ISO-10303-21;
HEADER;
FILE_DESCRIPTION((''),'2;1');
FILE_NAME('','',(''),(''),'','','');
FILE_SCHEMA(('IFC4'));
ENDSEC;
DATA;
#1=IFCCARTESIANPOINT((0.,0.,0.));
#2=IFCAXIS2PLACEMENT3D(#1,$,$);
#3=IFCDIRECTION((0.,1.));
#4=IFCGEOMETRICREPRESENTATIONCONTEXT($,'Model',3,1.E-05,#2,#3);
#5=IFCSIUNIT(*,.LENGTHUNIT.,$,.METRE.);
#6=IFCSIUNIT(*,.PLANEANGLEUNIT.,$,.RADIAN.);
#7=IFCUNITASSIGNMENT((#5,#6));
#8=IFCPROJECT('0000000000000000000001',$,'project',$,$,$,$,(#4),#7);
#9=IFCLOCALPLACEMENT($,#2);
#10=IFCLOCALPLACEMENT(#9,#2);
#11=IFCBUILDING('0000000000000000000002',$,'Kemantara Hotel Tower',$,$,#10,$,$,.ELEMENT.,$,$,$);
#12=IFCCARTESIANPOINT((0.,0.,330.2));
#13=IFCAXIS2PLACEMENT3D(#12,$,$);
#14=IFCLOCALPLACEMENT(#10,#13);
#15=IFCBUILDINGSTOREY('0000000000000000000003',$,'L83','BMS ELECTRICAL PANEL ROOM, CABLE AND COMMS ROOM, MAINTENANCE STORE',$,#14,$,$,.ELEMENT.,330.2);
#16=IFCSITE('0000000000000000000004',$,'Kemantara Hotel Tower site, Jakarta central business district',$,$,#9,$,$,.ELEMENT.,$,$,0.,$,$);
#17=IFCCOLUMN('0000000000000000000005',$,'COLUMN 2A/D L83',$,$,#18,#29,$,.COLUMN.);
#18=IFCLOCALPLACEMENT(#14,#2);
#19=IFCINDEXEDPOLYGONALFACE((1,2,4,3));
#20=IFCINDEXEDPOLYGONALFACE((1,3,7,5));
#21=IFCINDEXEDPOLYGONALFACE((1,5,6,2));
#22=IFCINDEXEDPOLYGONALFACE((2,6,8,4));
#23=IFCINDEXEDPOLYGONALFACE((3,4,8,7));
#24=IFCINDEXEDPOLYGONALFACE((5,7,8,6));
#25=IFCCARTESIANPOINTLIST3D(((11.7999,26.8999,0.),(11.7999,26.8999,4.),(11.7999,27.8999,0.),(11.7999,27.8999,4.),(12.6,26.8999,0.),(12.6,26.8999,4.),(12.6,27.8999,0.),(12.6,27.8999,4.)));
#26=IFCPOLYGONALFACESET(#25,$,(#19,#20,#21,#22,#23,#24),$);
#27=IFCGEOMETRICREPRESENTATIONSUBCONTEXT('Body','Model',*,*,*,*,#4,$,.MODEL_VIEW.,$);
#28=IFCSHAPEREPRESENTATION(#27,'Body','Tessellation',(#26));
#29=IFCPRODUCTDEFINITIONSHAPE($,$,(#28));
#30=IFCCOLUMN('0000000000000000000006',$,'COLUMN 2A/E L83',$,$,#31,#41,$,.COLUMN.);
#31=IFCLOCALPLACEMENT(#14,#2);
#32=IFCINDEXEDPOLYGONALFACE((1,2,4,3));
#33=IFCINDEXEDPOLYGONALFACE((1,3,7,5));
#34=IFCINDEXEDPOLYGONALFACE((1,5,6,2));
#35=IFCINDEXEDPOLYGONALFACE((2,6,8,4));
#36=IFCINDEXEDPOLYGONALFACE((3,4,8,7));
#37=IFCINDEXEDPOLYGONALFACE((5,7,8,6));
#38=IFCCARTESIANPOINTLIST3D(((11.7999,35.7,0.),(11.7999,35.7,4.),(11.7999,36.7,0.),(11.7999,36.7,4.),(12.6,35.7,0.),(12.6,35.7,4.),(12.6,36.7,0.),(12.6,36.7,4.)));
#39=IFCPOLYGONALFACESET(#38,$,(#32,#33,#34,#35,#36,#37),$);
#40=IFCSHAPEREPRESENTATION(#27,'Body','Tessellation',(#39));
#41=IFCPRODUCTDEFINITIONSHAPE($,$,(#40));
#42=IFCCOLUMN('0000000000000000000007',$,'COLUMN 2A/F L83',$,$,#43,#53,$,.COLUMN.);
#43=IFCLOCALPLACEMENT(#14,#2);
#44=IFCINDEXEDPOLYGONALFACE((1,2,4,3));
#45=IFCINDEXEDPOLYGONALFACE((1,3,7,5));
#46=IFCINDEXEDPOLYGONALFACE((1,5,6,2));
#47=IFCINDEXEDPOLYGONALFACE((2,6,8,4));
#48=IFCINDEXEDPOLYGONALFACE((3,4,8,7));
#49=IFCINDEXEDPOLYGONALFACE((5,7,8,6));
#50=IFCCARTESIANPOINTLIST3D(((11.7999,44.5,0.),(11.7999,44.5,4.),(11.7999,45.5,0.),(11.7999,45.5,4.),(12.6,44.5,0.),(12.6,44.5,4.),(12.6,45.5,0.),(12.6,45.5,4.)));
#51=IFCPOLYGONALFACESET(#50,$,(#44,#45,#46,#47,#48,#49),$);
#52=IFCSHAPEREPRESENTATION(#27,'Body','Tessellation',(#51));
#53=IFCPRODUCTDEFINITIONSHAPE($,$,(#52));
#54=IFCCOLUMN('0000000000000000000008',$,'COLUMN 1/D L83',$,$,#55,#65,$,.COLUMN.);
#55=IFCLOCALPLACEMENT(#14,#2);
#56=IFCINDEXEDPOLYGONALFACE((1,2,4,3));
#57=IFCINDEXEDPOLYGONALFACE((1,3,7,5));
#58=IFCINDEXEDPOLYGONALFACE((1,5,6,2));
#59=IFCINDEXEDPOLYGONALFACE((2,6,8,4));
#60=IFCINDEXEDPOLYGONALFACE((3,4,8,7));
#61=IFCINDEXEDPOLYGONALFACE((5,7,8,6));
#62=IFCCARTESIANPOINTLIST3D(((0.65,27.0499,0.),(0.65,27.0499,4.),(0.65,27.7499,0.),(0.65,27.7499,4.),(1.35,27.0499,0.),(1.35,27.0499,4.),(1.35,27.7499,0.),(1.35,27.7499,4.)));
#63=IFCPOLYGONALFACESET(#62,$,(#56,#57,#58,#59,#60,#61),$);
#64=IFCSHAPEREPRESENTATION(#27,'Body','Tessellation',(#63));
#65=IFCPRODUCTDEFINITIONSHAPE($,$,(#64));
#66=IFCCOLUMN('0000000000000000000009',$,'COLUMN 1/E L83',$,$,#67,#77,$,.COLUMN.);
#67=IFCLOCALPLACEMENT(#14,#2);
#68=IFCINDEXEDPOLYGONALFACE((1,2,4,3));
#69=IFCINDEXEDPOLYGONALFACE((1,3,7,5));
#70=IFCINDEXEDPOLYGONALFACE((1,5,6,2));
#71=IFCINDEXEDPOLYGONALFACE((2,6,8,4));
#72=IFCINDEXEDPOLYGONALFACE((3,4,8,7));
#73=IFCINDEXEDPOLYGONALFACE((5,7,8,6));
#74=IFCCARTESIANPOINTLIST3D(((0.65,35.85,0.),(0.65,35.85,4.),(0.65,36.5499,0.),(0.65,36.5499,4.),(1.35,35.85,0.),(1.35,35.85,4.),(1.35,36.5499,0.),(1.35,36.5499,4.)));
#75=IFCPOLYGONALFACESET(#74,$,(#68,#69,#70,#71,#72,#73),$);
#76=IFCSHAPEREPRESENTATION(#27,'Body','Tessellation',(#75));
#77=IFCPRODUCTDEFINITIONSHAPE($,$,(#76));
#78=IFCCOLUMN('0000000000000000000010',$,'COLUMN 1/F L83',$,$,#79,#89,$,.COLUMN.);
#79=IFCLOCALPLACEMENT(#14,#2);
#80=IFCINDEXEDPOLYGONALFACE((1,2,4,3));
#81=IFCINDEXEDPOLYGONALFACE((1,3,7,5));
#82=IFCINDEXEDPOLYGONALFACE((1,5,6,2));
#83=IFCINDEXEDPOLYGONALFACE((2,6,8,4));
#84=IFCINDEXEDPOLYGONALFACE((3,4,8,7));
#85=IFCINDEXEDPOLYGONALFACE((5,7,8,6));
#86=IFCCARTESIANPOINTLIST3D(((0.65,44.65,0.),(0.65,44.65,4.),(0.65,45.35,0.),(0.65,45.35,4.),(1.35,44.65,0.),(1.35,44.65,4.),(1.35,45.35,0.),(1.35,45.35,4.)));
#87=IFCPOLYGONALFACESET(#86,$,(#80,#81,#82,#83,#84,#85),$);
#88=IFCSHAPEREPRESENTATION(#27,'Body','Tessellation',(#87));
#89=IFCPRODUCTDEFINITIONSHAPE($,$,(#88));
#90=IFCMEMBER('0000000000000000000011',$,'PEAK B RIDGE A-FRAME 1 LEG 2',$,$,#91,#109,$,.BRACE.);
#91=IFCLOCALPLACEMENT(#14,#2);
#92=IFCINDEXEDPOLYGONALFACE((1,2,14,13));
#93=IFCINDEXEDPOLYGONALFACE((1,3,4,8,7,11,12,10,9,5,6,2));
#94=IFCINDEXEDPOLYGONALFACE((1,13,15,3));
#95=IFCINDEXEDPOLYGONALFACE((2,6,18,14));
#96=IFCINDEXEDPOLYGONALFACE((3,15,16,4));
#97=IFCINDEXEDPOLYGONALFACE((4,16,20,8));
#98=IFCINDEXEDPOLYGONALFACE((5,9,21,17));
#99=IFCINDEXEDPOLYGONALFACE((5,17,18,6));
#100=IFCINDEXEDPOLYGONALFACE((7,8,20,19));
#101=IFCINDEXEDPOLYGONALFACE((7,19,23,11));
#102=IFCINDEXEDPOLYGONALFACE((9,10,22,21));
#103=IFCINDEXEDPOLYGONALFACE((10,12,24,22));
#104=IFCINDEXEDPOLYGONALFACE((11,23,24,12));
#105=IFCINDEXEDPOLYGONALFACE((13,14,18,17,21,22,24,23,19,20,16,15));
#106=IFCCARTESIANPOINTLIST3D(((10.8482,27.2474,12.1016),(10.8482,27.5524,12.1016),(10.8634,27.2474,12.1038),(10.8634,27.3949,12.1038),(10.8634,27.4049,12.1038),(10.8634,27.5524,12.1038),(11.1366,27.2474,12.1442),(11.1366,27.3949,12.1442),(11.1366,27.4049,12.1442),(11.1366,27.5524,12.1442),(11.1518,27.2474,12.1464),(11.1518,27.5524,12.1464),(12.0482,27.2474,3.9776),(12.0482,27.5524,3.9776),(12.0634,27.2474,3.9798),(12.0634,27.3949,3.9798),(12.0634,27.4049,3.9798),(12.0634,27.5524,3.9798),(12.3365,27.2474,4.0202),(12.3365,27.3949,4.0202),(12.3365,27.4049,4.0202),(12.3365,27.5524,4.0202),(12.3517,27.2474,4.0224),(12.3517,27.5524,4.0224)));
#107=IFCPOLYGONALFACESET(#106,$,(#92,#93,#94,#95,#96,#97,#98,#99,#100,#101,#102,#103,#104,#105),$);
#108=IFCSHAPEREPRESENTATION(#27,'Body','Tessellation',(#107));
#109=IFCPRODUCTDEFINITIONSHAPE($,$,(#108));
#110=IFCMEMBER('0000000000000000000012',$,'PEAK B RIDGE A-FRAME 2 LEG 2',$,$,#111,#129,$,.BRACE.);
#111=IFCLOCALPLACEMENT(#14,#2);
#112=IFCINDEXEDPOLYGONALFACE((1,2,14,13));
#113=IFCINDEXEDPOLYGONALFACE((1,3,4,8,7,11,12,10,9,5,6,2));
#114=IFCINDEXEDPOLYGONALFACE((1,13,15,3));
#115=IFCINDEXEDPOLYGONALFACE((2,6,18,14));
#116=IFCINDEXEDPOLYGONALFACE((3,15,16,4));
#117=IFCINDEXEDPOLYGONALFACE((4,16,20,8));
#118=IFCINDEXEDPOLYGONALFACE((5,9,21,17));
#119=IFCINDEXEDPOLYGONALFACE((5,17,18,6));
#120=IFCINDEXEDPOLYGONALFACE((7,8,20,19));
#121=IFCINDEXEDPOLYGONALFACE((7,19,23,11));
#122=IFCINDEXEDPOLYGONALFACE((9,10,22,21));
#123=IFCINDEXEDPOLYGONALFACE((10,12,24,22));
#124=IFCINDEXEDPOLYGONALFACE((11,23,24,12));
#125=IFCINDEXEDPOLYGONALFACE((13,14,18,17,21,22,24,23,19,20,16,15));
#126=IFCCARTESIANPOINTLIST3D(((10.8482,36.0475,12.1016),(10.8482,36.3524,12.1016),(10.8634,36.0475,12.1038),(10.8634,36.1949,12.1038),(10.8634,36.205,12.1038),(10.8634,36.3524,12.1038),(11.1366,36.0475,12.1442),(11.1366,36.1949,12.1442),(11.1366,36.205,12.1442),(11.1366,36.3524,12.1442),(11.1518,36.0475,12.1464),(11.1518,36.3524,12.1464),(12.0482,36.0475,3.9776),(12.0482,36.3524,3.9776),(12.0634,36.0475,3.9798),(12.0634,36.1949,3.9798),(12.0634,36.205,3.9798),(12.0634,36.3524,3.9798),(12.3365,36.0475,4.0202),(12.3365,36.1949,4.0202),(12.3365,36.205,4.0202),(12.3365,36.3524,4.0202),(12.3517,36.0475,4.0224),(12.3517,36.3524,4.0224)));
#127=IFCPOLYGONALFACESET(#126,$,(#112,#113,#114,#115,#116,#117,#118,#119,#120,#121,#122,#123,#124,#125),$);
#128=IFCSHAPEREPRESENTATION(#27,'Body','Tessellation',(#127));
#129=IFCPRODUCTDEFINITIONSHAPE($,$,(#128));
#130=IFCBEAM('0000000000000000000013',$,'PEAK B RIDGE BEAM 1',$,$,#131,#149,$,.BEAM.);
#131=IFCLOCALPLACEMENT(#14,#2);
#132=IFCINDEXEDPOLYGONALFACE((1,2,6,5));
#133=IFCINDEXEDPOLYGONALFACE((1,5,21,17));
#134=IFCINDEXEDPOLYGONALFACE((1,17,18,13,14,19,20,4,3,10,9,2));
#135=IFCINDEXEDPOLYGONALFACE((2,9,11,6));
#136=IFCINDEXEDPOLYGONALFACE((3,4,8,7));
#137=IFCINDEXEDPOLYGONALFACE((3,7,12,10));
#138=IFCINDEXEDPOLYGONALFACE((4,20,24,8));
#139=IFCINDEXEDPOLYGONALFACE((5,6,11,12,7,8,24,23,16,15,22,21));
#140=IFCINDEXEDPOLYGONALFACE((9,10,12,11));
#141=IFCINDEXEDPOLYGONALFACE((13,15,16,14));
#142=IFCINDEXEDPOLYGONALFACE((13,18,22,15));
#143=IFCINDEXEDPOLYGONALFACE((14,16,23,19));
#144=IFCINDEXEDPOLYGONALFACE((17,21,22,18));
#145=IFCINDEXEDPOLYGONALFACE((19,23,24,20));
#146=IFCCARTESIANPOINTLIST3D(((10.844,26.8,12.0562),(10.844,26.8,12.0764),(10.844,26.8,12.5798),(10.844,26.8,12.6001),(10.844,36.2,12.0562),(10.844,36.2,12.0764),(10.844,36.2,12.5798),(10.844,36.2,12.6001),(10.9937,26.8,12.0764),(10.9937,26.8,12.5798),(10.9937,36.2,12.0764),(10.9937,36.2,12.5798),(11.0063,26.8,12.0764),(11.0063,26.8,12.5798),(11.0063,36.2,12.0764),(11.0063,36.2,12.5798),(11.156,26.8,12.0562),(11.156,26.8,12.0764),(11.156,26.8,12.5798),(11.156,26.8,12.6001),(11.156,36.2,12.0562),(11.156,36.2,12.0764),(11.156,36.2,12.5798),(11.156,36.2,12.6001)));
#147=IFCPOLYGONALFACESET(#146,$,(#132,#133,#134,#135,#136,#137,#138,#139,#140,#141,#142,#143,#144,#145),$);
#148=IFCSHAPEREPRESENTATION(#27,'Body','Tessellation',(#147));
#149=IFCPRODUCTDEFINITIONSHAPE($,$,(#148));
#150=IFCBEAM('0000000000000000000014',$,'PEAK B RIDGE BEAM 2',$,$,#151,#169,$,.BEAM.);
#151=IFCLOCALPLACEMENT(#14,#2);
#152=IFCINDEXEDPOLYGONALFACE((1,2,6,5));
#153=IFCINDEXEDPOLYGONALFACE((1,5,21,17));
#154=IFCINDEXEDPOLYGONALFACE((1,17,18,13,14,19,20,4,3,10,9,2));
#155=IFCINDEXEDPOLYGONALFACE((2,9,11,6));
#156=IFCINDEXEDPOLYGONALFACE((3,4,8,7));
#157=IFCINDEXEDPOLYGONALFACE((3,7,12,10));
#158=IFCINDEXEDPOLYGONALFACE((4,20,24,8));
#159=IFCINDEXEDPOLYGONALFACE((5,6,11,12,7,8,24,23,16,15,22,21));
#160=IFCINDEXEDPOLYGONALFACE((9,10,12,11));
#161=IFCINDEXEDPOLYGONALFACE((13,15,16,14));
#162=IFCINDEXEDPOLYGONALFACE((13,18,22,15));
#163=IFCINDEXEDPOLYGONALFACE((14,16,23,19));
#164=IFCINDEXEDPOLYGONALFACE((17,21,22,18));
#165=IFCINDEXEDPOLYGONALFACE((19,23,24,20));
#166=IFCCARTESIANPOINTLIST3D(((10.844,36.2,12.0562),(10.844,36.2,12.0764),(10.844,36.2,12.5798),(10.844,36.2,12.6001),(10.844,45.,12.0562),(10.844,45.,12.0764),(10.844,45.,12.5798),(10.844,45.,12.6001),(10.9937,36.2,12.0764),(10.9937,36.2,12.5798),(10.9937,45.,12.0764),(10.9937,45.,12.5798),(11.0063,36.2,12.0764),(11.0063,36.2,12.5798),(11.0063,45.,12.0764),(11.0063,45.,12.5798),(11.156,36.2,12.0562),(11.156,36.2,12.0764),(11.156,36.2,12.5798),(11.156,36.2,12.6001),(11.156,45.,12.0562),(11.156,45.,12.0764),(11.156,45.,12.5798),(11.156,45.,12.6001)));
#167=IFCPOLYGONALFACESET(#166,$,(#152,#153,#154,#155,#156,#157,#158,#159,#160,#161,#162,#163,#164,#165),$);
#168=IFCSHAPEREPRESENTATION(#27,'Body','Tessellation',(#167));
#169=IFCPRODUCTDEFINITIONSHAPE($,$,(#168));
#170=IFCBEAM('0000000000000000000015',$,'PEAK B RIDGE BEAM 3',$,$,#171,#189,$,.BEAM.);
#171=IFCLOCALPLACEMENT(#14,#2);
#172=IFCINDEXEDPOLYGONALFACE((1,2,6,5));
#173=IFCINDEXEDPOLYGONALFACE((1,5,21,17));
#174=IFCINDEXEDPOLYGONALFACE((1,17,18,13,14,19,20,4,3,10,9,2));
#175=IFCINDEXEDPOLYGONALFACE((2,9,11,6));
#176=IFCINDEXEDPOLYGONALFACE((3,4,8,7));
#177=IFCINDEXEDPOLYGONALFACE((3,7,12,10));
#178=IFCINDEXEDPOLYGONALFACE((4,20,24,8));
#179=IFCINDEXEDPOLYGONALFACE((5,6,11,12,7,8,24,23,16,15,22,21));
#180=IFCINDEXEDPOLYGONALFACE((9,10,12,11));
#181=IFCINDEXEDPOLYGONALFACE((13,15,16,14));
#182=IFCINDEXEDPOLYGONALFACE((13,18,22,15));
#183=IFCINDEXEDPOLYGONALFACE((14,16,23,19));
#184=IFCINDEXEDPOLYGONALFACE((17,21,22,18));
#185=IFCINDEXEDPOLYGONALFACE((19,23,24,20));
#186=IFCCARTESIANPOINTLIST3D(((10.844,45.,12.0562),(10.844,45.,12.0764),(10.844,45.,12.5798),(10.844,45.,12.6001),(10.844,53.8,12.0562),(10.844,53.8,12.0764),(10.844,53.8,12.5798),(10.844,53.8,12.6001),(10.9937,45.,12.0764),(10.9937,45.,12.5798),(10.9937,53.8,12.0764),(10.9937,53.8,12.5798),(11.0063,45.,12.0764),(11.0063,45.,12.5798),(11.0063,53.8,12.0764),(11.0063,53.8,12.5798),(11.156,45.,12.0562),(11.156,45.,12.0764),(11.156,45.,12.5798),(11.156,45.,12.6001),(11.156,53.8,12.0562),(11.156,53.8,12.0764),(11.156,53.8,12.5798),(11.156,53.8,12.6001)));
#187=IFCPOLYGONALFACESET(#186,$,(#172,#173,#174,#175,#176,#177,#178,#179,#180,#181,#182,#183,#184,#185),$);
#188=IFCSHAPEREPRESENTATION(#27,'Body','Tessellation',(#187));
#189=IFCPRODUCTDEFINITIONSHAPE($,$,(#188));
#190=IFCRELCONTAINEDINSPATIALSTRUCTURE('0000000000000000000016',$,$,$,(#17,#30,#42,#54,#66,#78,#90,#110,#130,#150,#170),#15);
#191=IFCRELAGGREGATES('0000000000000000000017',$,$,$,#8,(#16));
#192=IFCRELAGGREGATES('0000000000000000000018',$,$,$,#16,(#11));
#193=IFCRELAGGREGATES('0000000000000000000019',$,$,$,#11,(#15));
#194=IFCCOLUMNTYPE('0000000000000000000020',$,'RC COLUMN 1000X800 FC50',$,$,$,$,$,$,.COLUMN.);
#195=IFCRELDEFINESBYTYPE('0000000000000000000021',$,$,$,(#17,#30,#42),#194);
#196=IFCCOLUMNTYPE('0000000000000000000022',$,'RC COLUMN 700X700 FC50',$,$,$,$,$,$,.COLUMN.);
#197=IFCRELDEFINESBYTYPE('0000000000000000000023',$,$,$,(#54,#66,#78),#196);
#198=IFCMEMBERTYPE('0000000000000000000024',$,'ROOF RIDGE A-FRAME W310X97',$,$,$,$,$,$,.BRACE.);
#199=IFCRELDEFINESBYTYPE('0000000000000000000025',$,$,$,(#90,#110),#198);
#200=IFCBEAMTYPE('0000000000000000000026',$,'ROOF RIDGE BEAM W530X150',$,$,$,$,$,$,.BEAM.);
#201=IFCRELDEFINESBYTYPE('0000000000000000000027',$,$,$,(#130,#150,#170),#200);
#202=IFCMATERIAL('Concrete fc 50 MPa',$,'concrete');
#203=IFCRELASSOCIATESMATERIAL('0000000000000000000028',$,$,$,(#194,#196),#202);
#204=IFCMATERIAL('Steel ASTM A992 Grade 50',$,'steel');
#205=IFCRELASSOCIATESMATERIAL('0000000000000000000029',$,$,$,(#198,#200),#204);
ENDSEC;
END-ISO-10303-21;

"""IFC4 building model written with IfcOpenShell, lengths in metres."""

from ifc_helpers import new_model, si_unit, direction, frame, origin, origin_2d, place, context, subcontext, project, spatial, rectangle, i_section, extrude, material, material_profile, profile_set, type_object, element, save


model = new_model("IFC4")

# Units and contexts
model_context = context("Model", 3, precision=1e-05, world=origin(), true_north=direction((0.0, 1.0)))
body_context = subcontext(model_context, "Body", "Model", "MODEL_VIEW")
ifc_project = project(units=[si_unit("LENGTHUNIT", "METRE"), si_unit("PLANEANGLEUNIT", "RADIAN")], contexts=[model_context])

# Site, building, storey
site_placement = place(None, origin())
site = spatial("IfcSite", under=ifc_project, at=site_placement, Name="Kemantara Hotel Tower site, Jakarta central business district", CompositionType="ELEMENT", RefElevation=0.0)
building_placement = place(site_placement, origin())
building = spatial("IfcBuilding", under=site, at=building_placement, Name="Kemantara Hotel Tower", CompositionType="ELEMENT")
storey_placement = place(building_placement, frame((0.0, 0.0, 330.2)))
storey = spatial("IfcBuildingStorey", under=building, at=storey_placement, Name="L83", Description="BMS ELECTRICAL PANEL ROOM, CABLE AND COMMS ROOM, MAINTENANCE STORE", CompositionType="ELEMENT", Elevation=330.2)

# Columns
ifc_material_1 = material(Name="Concrete fc 50 MPa", Category="concrete")
ifc_material_profile_1 = material_profile(ifc_material_1, rectangle(XDim=1.0, YDim=0.8, at=origin_2d()), Name="RC 1000X800")
ifc_profile_set_1 = profile_set([ifc_material_profile_1], Name="Concrete fc 50 MPa")
column_type_1 = type_object("IfcColumnType", Name="RC COLUMN 1000X800 FC50", PredefinedType="COLUMN", material=ifc_profile_set_1)
for number, where, z_axis, x_axis, name in (
    (1, (12.2, 27.3999, 0.0), (0.0, 0.0, 1.0), (0.0, 1.0, 0.0), "COLUMN 2A/D L83"),
    (2, (12.2, 36.2, 0.0), (0.0, 0.0, 1.0), (0.0, 1.0, 0.0), "COLUMN 2A/E L83"),
    (3, (12.2, 45.0, 0.0), (0.0, 0.0, 1.0), (0.0, 1.0, 0.0), "COLUMN 2A/F L83"),
):
    element("IfcColumn", number, at=place(storey_placement, frame(where, z_axis=z_axis, x_axis=x_axis)), inside=storey, type_object=column_type_1, Name=name, PredefinedType="COLUMN", context=body_context, shape_type="SweptSolid", body=[
        extrude(rectangle(XDim=1.0, YDim=0.8, at=origin_2d()), origin(), (0.0, 0.0, 1.0), 4.0),
    ])
ifc_material_profile_2 = material_profile(ifc_material_1, rectangle(XDim=0.7, YDim=0.7, at=origin_2d()), Name="RC 700X700")
ifc_profile_set_2 = profile_set([ifc_material_profile_2], Name="Concrete fc 50 MPa")
column_type_2 = type_object("IfcColumnType", Name="RC COLUMN 700X700 FC50", PredefinedType="COLUMN", material=ifc_profile_set_2)
for number, where, z_axis, x_axis, name in (
    (4, (1.0, 27.3999, 0.0), (0.0, 0.0, 1.0), (1.0, 0.0, 0.0), "COLUMN 1/D L83"),
    (5, (1.0, 36.2, 0.0), (0.0, 0.0, 1.0), (1.0, 0.0, 0.0), "COLUMN 1/E L83"),
    (6, (1.0, 45.0, 0.0), (0.0, 0.0, 1.0), (1.0, 0.0, 0.0), "COLUMN 1/F L83"),
):
    element("IfcColumn", number, at=place(storey_placement, frame(where, z_axis=z_axis, x_axis=x_axis)), inside=storey, type_object=column_type_2, Name=name, PredefinedType="COLUMN", context=body_context, shape_type="SweptSolid", body=[
        extrude(rectangle(XDim=0.7, YDim=0.7, at=origin_2d()), origin(), (0.0, 0.0, 1.0), 4.0),
    ])

# Members
ifc_material_2 = material(Name="Steel ASTM A992 Grade 50", Category="steel")
ifc_material_profile_3 = material_profile(ifc_material_2, i_section(OverallWidth=0.3049, OverallDepth=0.3069, WebThickness=0.01, FlangeThickness=0.0154, at=origin_2d()), Name="W310X97")
ifc_profile_set_3 = profile_set([ifc_material_profile_3], Name="Steel ASTM A992 Grade 50")
member_type_1 = type_object("IfcMemberType", Name="ROOF RIDGE A-FRAME W310X97", PredefinedType="BRACE", material=ifc_profile_set_3)
for number, where, z_axis, x_axis, name in (
    (7, (12.2, 27.3999, 4.0), (-0.146119, 0.0, 0.989267), (0.0, -1.0, 0.0), "PEAK B RIDGE A-FRAME 1 LEG 2"),
    (8, (12.2, 36.2, 4.0), (-0.146119, 0.0, 0.989267), (0.0, -1.0, 0.0), "PEAK B RIDGE A-FRAME 2 LEG 2"),
):
    element("IfcMember", number, at=place(storey_placement, frame(where, z_axis=z_axis, x_axis=x_axis)), inside=storey, type_object=member_type_1, Name=name, PredefinedType="BRACE", context=body_context, shape_type="SweptSolid", body=[
        extrude(i_section(OverallWidth=0.3049, OverallDepth=0.3069, WebThickness=0.01, FlangeThickness=0.0154, at=origin_2d()), origin(), (0.0, 0.0, 1.0), 8.2122),
    ])

# Beams
ifc_material_profile_4 = material_profile(ifc_material_2, i_section(OverallWidth=0.312, OverallDepth=0.5439, WebThickness=0.0127, FlangeThickness=0.0203, at=origin_2d()), Name="W530X150")
ifc_profile_set_4 = profile_set([ifc_material_profile_4], Name="Steel ASTM A992 Grade 50")
beam_type_1 = type_object("IfcBeamType", Name="ROOF RIDGE BEAM W530X150", PredefinedType="BEAM", material=ifc_profile_set_4)
beam_1_placement = place(storey_placement, frame((11.0, 26.8, 12.3281), z_axis=(0.0, 1.0, 0.0), x_axis=(-1.0, 0.0, 0.0)))
element("IfcBeam", 9, at=beam_1_placement, inside=storey, type_object=beam_type_1, Name="PEAK B RIDGE BEAM 1", PredefinedType="BEAM", context=body_context, shape_type="SweptSolid", body=[
    extrude(i_section(OverallWidth=0.312, OverallDepth=0.5439, WebThickness=0.0127, FlangeThickness=0.0203, at=origin_2d()), origin(), (0.0, 0.0, 1.0), 9.3999),
])
for number, where, z_axis, x_axis, name in (
    (10, (11.0, 36.2, 12.3281), (0.0, 1.0, 0.0), (-1.0, 0.0, 0.0), "PEAK B RIDGE BEAM 2"),
    (11, (11.0, 45.0, 12.3281), (0.0, 1.0, 0.0), (-1.0, 0.0, 0.0), "PEAK B RIDGE BEAM 3"),
):
    element("IfcBeam", number, at=place(storey_placement, frame(where, z_axis=z_axis, x_axis=x_axis)), inside=storey, type_object=beam_type_1, Name=name, PredefinedType="BEAM", context=body_context, shape_type="SweptSolid", body=[
        extrude(i_section(OverallWidth=0.312, OverallDepth=0.5439, WebThickness=0.0127, FlangeThickness=0.0203, at=origin_2d()), origin(), (0.0, 0.0, 1.0), 8.8),
    ])

save(model, "model.ifc")
